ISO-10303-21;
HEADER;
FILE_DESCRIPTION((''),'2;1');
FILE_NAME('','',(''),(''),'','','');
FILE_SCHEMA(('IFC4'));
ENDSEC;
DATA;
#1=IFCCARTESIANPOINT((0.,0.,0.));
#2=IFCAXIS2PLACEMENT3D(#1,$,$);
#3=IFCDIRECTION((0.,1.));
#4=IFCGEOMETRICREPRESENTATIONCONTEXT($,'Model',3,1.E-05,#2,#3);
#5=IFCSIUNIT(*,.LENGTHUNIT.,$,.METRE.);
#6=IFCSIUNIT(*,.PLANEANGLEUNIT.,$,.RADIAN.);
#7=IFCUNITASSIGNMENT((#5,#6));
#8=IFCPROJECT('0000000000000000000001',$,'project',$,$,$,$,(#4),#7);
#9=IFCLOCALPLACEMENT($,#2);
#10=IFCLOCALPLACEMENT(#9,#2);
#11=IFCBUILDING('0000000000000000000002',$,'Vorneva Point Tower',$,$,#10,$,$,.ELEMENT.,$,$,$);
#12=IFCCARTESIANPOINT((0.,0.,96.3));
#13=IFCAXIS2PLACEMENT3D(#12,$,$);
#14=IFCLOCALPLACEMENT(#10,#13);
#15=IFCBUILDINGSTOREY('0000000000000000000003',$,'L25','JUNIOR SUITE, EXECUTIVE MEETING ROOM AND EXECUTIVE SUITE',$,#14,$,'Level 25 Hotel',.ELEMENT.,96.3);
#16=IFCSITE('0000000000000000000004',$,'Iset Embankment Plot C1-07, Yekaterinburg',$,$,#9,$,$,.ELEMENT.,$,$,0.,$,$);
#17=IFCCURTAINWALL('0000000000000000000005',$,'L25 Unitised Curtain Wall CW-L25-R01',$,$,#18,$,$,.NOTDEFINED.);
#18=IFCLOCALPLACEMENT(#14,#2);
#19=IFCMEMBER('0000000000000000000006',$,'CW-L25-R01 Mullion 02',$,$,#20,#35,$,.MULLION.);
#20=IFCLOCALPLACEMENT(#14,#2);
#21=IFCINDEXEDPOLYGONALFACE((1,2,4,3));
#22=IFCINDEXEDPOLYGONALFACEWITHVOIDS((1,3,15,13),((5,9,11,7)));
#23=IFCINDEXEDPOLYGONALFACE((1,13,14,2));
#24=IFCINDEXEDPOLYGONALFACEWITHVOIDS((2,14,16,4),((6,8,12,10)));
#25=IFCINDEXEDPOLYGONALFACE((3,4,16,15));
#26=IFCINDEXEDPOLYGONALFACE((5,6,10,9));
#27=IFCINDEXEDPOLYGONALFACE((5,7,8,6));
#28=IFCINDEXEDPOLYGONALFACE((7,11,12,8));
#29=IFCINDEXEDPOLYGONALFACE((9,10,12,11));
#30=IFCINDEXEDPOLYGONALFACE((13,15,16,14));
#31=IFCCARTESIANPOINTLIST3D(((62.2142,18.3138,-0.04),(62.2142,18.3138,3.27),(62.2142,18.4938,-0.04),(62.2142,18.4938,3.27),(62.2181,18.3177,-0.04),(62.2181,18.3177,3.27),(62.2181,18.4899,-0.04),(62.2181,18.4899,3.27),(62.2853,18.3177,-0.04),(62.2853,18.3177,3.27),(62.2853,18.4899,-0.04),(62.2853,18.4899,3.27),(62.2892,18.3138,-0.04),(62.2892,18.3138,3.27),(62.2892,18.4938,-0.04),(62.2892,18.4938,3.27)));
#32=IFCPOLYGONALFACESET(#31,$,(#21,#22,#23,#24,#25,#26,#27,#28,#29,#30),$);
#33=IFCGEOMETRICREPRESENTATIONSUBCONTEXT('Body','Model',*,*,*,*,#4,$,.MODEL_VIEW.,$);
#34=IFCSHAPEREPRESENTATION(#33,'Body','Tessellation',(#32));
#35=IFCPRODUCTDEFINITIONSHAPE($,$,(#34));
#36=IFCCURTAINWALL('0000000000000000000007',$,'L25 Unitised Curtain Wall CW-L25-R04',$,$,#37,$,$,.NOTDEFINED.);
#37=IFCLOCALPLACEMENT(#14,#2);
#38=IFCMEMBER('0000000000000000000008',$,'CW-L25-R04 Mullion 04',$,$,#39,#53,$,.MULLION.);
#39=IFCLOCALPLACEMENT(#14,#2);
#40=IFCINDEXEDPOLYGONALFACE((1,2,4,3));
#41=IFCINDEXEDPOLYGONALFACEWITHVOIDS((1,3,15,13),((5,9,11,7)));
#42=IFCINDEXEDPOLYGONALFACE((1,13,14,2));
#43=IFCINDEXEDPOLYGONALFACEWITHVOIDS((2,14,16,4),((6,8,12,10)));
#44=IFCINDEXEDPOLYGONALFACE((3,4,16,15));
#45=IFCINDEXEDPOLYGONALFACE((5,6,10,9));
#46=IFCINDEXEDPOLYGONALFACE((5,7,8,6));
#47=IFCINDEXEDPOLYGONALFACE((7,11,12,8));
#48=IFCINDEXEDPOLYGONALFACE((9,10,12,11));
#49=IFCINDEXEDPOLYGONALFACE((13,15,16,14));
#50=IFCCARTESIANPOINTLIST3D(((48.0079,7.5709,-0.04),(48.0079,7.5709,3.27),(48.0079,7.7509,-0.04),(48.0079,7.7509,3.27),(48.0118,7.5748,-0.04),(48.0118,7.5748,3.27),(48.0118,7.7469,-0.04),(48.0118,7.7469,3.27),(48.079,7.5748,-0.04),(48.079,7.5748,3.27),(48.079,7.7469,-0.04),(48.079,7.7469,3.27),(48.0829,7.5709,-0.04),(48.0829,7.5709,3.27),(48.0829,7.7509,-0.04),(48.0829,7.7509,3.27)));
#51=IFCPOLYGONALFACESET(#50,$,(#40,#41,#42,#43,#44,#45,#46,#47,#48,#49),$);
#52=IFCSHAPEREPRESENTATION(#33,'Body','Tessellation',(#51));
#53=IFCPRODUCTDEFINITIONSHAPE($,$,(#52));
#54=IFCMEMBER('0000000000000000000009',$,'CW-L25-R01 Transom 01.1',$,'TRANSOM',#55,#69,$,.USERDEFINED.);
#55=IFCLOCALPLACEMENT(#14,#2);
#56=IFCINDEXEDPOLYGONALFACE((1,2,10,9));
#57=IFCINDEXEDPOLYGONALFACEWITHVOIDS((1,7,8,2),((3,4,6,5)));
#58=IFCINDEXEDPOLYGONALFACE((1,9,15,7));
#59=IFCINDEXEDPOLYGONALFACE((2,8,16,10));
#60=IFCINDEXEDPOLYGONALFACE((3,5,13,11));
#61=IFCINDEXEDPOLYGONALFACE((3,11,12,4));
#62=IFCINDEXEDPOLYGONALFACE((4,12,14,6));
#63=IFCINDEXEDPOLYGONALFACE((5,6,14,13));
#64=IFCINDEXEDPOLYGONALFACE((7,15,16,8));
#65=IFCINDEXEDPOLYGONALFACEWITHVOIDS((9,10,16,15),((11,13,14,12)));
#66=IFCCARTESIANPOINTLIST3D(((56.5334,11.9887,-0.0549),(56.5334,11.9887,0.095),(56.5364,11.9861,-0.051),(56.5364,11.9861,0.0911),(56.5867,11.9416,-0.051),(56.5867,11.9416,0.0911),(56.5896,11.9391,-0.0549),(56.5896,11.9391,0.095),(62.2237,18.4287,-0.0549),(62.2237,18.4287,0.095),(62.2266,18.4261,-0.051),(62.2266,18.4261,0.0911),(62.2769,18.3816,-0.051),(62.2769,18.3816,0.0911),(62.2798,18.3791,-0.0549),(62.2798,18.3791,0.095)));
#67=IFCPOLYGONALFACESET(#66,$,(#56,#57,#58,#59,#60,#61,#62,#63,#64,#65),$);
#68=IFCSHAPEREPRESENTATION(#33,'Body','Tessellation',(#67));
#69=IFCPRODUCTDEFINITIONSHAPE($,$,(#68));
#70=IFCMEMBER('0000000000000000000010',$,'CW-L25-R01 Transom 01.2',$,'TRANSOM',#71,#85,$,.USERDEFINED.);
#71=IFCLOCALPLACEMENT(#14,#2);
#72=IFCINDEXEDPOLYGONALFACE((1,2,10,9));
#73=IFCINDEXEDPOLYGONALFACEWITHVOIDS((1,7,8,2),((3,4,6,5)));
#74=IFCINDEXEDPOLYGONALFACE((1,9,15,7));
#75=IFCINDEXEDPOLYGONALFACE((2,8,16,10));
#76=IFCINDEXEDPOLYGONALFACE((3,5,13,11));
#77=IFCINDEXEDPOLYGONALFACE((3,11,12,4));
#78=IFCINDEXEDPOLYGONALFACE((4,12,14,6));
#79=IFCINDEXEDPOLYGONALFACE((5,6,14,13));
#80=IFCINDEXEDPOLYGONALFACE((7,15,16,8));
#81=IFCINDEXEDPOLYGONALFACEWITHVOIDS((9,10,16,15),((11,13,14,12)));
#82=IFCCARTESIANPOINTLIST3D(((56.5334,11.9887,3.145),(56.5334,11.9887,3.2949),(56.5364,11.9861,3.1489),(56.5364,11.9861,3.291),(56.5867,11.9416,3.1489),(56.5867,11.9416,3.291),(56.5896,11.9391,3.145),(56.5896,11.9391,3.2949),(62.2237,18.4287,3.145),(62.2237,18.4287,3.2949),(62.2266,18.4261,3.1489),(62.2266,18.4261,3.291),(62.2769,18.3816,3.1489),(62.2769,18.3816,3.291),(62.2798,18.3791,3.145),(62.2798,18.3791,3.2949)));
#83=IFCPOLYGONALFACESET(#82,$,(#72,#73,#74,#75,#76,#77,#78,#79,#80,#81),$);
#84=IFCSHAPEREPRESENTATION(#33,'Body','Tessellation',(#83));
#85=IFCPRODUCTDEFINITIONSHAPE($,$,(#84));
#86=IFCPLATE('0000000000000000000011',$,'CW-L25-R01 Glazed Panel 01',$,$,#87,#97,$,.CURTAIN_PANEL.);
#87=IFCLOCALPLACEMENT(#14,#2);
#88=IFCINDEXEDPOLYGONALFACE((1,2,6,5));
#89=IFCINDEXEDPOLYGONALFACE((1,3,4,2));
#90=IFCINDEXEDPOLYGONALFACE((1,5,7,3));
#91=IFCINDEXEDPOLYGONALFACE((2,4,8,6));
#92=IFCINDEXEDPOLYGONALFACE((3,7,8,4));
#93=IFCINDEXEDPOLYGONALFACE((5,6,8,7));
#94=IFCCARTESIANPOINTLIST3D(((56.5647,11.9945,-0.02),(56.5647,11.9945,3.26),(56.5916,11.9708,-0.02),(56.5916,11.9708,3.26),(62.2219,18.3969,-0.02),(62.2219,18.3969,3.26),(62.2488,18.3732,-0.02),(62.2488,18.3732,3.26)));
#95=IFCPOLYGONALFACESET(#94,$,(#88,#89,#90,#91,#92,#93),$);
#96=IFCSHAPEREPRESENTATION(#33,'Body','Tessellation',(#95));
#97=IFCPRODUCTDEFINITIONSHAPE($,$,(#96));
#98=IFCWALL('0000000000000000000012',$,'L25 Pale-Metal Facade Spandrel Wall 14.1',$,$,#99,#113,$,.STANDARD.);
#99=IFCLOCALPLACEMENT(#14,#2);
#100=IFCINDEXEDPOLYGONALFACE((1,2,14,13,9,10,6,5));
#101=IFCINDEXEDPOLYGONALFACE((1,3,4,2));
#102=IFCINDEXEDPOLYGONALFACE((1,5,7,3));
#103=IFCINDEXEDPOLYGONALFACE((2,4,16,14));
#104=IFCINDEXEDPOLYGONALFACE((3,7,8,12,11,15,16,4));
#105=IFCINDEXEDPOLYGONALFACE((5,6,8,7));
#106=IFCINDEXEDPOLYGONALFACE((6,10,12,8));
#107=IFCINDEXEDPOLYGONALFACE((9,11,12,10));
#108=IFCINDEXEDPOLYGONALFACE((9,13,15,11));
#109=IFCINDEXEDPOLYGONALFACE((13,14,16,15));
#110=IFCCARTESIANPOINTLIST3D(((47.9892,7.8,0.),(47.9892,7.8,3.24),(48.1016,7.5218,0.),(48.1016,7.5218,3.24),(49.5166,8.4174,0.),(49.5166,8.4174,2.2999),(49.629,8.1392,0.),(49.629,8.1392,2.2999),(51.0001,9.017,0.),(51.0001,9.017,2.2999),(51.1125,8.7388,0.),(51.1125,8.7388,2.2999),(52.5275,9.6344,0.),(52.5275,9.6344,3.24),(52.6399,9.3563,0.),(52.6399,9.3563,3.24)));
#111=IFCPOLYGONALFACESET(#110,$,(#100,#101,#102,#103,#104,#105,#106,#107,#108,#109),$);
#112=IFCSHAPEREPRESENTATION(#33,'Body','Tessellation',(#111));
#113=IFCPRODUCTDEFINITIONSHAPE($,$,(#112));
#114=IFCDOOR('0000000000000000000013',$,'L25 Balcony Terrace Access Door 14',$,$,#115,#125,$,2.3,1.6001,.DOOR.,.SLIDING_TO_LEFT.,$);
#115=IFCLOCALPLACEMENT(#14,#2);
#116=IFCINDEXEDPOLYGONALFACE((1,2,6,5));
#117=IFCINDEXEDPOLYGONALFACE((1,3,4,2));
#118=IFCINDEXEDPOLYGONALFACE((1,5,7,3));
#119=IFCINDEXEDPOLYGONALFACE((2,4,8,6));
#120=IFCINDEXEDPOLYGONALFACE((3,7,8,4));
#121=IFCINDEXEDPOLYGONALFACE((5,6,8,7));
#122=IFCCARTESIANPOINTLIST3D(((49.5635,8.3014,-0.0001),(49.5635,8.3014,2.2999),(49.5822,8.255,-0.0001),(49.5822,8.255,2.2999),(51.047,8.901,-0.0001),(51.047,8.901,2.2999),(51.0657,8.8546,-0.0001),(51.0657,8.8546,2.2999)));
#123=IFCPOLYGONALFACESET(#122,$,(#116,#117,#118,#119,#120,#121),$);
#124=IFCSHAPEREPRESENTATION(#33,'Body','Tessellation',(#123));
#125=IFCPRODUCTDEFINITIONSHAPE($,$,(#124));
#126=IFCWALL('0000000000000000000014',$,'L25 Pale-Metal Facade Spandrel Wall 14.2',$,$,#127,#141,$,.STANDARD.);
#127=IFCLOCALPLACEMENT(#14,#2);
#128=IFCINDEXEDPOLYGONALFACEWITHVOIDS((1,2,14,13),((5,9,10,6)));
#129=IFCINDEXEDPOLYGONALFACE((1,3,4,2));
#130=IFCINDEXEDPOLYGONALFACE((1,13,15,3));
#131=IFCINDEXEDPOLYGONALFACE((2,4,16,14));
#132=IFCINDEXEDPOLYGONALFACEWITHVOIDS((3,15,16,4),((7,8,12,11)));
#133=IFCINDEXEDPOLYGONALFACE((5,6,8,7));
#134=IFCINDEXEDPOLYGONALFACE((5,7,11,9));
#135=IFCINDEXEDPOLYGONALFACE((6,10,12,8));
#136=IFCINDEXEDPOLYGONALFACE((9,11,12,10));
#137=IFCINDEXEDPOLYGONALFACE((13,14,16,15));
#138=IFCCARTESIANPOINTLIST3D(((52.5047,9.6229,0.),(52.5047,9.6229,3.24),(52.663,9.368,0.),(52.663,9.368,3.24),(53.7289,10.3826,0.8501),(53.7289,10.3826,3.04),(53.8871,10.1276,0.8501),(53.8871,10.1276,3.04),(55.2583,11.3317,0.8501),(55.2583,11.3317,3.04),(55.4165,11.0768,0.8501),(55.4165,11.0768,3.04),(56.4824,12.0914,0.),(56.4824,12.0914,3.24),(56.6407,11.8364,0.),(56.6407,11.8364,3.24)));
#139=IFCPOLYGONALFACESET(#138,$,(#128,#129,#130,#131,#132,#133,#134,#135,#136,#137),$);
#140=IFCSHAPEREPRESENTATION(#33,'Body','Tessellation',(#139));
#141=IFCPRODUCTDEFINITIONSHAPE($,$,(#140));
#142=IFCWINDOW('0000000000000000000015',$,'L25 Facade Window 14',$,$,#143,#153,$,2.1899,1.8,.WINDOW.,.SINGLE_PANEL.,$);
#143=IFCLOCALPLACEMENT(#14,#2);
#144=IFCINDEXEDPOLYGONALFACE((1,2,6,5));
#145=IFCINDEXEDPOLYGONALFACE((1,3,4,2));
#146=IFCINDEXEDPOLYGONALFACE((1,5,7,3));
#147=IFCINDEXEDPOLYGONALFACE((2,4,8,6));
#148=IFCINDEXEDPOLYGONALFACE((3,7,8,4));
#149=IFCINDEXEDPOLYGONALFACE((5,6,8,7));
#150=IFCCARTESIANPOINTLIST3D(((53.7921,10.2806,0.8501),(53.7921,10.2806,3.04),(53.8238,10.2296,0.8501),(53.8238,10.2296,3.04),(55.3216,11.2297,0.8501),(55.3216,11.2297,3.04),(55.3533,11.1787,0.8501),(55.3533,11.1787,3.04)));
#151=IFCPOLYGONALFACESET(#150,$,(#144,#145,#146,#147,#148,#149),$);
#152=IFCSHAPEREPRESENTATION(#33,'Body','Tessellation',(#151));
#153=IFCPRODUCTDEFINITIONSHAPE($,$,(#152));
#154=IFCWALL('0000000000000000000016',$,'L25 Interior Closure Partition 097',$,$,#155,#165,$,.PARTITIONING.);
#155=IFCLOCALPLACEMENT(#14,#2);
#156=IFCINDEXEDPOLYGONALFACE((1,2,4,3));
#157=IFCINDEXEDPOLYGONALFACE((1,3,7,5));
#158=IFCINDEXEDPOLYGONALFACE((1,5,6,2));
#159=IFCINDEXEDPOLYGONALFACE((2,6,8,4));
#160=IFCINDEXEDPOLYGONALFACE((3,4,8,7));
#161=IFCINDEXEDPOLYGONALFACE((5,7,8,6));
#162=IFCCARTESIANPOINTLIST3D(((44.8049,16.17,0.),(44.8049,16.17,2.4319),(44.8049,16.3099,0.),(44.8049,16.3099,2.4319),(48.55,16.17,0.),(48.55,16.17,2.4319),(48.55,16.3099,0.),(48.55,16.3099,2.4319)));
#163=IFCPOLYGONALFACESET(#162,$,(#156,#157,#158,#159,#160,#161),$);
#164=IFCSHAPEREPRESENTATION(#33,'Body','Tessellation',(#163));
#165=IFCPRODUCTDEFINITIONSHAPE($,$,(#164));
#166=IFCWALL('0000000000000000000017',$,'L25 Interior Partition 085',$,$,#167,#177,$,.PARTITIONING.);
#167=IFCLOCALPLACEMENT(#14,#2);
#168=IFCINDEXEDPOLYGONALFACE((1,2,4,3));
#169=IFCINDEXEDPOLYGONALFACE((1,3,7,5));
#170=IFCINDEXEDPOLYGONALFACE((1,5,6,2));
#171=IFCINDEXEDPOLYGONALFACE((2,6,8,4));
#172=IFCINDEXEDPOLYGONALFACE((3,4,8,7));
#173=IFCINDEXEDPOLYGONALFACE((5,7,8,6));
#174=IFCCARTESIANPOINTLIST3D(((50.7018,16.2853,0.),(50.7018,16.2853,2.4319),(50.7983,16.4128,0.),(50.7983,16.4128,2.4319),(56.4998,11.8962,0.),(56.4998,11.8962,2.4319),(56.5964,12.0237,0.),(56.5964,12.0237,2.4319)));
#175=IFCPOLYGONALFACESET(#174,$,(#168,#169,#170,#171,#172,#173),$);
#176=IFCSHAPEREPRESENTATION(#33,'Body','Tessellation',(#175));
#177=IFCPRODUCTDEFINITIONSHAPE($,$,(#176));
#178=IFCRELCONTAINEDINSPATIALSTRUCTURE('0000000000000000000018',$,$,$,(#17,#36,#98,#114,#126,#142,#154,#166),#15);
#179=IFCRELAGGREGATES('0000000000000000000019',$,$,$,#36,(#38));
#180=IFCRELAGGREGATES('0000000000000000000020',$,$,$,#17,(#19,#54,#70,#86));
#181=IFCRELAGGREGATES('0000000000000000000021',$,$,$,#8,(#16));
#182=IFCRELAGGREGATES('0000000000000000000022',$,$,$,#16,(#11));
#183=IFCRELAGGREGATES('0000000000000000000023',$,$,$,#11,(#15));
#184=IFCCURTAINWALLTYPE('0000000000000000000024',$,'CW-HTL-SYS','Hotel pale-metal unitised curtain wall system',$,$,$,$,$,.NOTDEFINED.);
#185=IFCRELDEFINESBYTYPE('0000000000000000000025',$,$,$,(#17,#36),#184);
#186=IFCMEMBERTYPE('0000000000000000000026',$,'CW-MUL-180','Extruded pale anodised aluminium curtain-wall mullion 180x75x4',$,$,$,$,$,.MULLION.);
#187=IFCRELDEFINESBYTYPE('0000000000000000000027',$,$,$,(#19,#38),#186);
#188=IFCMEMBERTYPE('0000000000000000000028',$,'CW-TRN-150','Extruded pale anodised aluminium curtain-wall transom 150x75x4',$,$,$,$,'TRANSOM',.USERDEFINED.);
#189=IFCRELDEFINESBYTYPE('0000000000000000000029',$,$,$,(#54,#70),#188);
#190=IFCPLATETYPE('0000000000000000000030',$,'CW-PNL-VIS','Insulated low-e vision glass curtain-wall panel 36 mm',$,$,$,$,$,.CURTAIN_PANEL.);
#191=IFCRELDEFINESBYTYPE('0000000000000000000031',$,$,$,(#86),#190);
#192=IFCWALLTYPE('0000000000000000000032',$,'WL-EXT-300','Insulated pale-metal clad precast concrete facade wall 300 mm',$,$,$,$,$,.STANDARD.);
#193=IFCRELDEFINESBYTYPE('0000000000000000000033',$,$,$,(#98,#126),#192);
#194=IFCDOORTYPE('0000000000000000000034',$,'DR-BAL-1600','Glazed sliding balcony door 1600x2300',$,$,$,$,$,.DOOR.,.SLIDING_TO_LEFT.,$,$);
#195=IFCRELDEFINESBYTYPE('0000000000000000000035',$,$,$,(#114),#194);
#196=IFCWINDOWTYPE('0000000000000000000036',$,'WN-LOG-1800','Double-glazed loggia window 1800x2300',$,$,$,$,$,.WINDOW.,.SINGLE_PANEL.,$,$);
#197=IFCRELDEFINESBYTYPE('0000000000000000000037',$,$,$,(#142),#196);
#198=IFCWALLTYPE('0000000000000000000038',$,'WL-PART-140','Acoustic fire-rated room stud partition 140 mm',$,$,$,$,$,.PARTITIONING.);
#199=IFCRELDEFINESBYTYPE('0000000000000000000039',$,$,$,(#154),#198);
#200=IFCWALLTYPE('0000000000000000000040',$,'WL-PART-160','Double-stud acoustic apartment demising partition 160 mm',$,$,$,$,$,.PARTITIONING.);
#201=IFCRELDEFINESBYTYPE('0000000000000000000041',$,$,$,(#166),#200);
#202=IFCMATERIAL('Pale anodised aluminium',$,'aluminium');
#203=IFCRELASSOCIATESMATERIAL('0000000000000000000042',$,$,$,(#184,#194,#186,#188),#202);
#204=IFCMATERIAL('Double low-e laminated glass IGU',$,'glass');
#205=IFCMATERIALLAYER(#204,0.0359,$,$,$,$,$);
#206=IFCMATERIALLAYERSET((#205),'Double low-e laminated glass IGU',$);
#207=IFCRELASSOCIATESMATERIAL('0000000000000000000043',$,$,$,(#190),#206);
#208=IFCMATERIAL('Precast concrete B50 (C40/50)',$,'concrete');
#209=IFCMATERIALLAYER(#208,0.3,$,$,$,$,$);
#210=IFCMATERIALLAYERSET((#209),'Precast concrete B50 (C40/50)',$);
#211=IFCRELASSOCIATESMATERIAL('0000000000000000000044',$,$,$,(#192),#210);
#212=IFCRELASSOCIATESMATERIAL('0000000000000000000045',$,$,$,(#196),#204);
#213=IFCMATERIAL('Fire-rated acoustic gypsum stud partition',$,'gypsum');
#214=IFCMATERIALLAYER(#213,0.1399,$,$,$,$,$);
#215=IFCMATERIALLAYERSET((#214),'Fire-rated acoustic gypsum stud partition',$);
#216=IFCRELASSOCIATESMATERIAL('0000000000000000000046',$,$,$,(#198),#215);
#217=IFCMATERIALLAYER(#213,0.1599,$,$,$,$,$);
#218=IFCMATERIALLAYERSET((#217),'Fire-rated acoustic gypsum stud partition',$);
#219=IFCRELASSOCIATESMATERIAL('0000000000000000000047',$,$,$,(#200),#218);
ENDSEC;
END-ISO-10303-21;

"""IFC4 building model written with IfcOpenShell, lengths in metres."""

from ifc_helpers import new_model, si_unit, direction, frame, frame_2d, origin, origin_2d, place, context, subcontext, project, spatial, rectangle, hollow_rectangle, extrude, material, layer, layer_set, material_profile, profile_set, type_object, element, fill, aggregate, save


model = new_model("IFC4")

# Units and contexts
model_context = context("Model", 3, precision=1e-05, world=origin(), true_north=direction((0.0, 1.0)))
body_context = subcontext(model_context, "Body", "Model", "MODEL_VIEW")
ifc_project = project(units=[si_unit("LENGTHUNIT", "METRE"), si_unit("PLANEANGLEUNIT", "RADIAN")], contexts=[model_context])

# Site, building, storey
site_placement = place(None, origin())
site = spatial("IfcSite", under=ifc_project, at=site_placement, Name="Iset Embankment Plot C1-07, Yekaterinburg", CompositionType="ELEMENT", RefElevation=0.0)
building_placement = place(site_placement, origin())
building = spatial("IfcBuilding", under=site, at=building_placement, Name="Vorneva Point Tower", CompositionType="ELEMENT")
storey_placement = place(building_placement, frame((0.0, 0.0, 96.3)))
storey = spatial("IfcBuildingStorey", under=building, at=storey_placement, Name="L25", Description="JUNIOR SUITE, EXECUTIVE MEETING ROOM AND EXECUTIVE SUITE", LongName="Level 25 Hotel", CompositionType="ELEMENT", Elevation=96.3)

# Curtain wall, member
ifc_material_1 = material(Name="Pale anodised aluminium", Category="aluminium")
curtain_wall_type = type_object("IfcCurtainWallType", Name="CW-HTL-SYS", Description="Hotel pale-metal unitised curtain wall system", PredefinedType="NOTDEFINED", material=ifc_material_1)
curtain_wall_1_placement = place(storey_placement, origin())
curtain_wall_1 = element("IfcCurtainWall", 1, at=curtain_wall_1_placement, inside=storey, type_object=curtain_wall_type, Name="L25 Unitised Curtain Wall CW-L25-R01", PredefinedType="NOTDEFINED")
ifc_material_profile_1 = material_profile(ifc_material_1, hollow_rectangle(XDim=0.075, YDim=0.1799, WallThickness=0.0039, at=origin_2d()), Name="AL-MUL 180x75x4")
ifc_profile_set_1 = profile_set([ifc_material_profile_1], Name="Pale anodised aluminium")
member_type_1 = type_object("IfcMemberType", Name="CW-MUL-180", Description="Extruded pale anodised aluminium curtain-wall mullion 180x75x4", PredefinedType="MULLION", material=ifc_profile_set_1)
member_1_placement = place(storey_placement, frame((62.2517, 18.4038, -0.04), z_axis=(0.0, 0.0, 1.0), x_axis=(1.0, 0.0, 0.0)))
member_1 = element("IfcMember", 2, at=member_1_placement, type_object=member_type_1, Name="CW-L25-R01 Mullion 02", PredefinedType="MULLION", context=body_context, shape_type="SweptSolid", body=[
    extrude(hollow_rectangle(XDim=0.075, YDim=0.1799, WallThickness=0.0039, at=origin_2d()), origin(), (0.0, 0.0, 1.0), 3.3101),
])

# Curtain wall, member
curtain_wall_2_placement = place(storey_placement, origin())
curtain_wall_2 = element("IfcCurtainWall", 3, at=curtain_wall_2_placement, inside=storey, type_object=curtain_wall_type, Name="L25 Unitised Curtain Wall CW-L25-R04", PredefinedType="NOTDEFINED")
member_2_placement = place(storey_placement, frame((48.0454, 7.6609, -0.04), z_axis=(0.0, 0.0, 1.0), x_axis=(1.0, 0.0, 0.0)))
member_2 = element("IfcMember", 4, at=member_2_placement, type_object=member_type_1, Name="CW-L25-R04 Mullion 04", PredefinedType="MULLION", context=body_context, shape_type="SweptSolid", body=[
    extrude(hollow_rectangle(XDim=0.075, YDim=0.1799, WallThickness=0.0039, at=origin_2d()), origin(), (0.0, 0.0, 1.0), 3.3101),
])
aggregate(curtain_wall_2, [member_2])

# Members
ifc_material_profile_2 = material_profile(ifc_material_1, hollow_rectangle(XDim=0.075, YDim=0.1499, WallThickness=0.0039, at=origin_2d()), Name="AL-TRN 150x75x4")
ifc_profile_set_2 = profile_set([ifc_material_profile_2], Name="Pale anodised aluminium")
member_type_2 = type_object("IfcMemberType", Name="CW-TRN-150", Description="Extruded pale anodised aluminium curtain-wall transom 150x75x4", ElementType="TRANSOM", PredefinedType="USERDEFINED", material=ifc_profile_set_2)
member_3_placement = place(storey_placement, frame((56.5615, 11.9639, 0.02), z_axis=(0.662137, 0.749383, 0.0), x_axis=(-0.749383, 0.662137, 0.0)))
member_3 = element("IfcMember", 5, at=member_3_placement, type_object=member_type_2, Name="CW-L25-R01 Transom 01.1", ObjectType="TRANSOM", PredefinedType="USERDEFINED", context=body_context, shape_type="SweptSolid", body=[
    extrude(hollow_rectangle(XDim=0.075, YDim=0.1499, WallThickness=0.0039, at=origin_2d()), origin(), (0.0, 0.0, 1.0), 8.5938),
])
member_4_placement = place(storey_placement, frame((56.5615, 11.9639, 3.22), z_axis=(0.662137, 0.749383, 0.0), x_axis=(-0.749383, 0.662137, 0.0)))
member_4 = element("IfcMember", 6, at=member_4_placement, type_object=member_type_2, Name="CW-L25-R01 Transom 01.2", ObjectType="TRANSOM", PredefinedType="USERDEFINED", context=body_context, shape_type="SweptSolid", body=[
    extrude(hollow_rectangle(XDim=0.075, YDim=0.1499, WallThickness=0.0039, at=origin_2d()), origin(), (0.0, 0.0, 1.0), 8.5938),
])

# Plate
ifc_material_2 = material(Name="Double low-e laminated glass IGU", Category="glass")
ifc_layer_1 = layer(ifc_material_2, 0.0359)
ifc_layer_set_1 = layer_set([ifc_layer_1], Name="Double low-e laminated glass IGU")
plate_type = type_object("IfcPlateType", Name="CW-PNL-VIS", Description="Insulated low-e vision glass curtain-wall panel 36 mm", PredefinedType="CURTAIN_PANEL", material=ifc_layer_set_1)
plate_placement = place(storey_placement, frame((59.4067, 15.1838, -0.02), z_axis=(0.0, 0.0, 1.0), x_axis=(0.662149, 0.749372, 0.0)))
plate = element("IfcPlate", 7, at=plate_placement, type_object=plate_type, Name="CW-L25-R01 Glazed Panel 01", PredefinedType="CURTAIN_PANEL", context=body_context, shape_type="SweptSolid", body=[
    extrude(rectangle(XDim=8.5437, YDim=0.0359, at=origin_2d()), origin(), (0.0, 0.0, 1.0), 3.28),
])
aggregate(curtain_wall_1, [member_1, member_3, member_4, plate])

# Wall, opening, door
ifc_material_3 = material(Name="Precast concrete B50 (C40/50)", Category="concrete")
ifc_layer_2 = layer(ifc_material_3, 0.3)
ifc_layer_set_2 = layer_set([ifc_layer_2], Name="Precast concrete B50 (C40/50)")
wall_type_1 = type_object("IfcWallType", Name="WL-EXT-300", Description="Insulated pale-metal clad precast concrete facade wall 300 mm", PredefinedType="STANDARD", material=ifc_layer_set_2)
wall_1_placement = place(storey_placement, frame((48.0454, 7.6609, 0.0), z_axis=(0.0, 0.0, 1.0), x_axis=(0.927122, 0.374759, 0.0)))
wall_1 = element("IfcWall", 8, at=wall_1_placement, inside=storey, type_object=wall_type_1, Name="L25 Pale-Metal Facade Spandrel Wall 14.1", PredefinedType="STANDARD", context=body_context, shape_type="SweptSolid", body=[
    extrude(rectangle(XDim=4.895, YDim=0.3, at=frame_2d((2.4475, 0.0))), origin(), (0.0, 0.0, 1.0), 3.24),
])
opening_1_placement = place(wall_1_placement, frame((1.6475, 0.0, 0.0)))
opening_1 = element("IfcOpeningElement", 9, at=opening_1_placement, cuts=wall_1, PredefinedType="OPENING", context=body_context, shape_type="SweptSolid", body=[
    extrude(rectangle(XDim=1.6001, YDim=2.3, at=frame_2d((0.8, 1.1499))), frame((0.0, 0.165, 0.0), z_axis=(0.0, -1.0, 0.0), x_axis=(1.0, 0.0, 0.0)), (0.0, 0.0, 1.0), 0.3298),
])
door_type_1 = type_object("IfcDoorType", Name="DR-BAL-1600", Description="Glazed sliding balcony door 1600x2300", OperationType="SLIDING_TO_LEFT", PredefinedType="DOOR", material=ifc_material_1)
door_1_placement = place(opening_1_placement, origin())
door_1 = element("IfcDoor", 10, at=door_1_placement, inside=storey, type_object=door_type_1, Name="L25 Balcony Terrace Access Door 14", OperationType="SLIDING_TO_LEFT", OverallHeight=2.3, OverallWidth=1.6001, PredefinedType="DOOR", context=body_context, shape_type="SweptSolid", body=[
    extrude(rectangle(XDim=1.6001, YDim=2.3, at=frame_2d((0.8, 1.1499))), frame((0.0, 0.0249, 0.0), z_axis=(0.0, -1.0, 0.0), x_axis=(1.0, 0.0, 0.0)), (0.0, 0.0, 1.0), 0.05),
])
fill(opening_1, door_1)

# Wall, opening, window
wall_2_placement = place(storey_placement, frame((52.5837, 9.4954, 0.0), z_axis=(0.0, 0.0, 1.0), x_axis=(0.849684, 0.527291, 0.0)))
wall_2 = element("IfcWall", 11, at=wall_2_placement, inside=storey, type_object=wall_type_1, Name="L25 Pale-Metal Facade Spandrel Wall 14.2", PredefinedType="STANDARD", context=body_context, shape_type="SweptSolid", body=[
    extrude(rectangle(XDim=4.6814, YDim=0.3, at=frame_2d((2.3408, 0.0))), origin(), (0.0, 0.0, 1.0), 3.24),
])
opening_2_placement = place(wall_2_placement, frame((1.4409, 0.0, 0.8501)))
opening_2 = element("IfcOpeningElement", 12, at=opening_2_placement, cuts=wall_2, PredefinedType="OPENING", context=body_context, shape_type="SweptSolid", body=[
    extrude(rectangle(XDim=1.8, YDim=2.1899, at=frame_2d((0.8999, 1.095))), frame((0.0, 0.165, 0.0), z_axis=(0.0, -1.0, 0.0), x_axis=(1.0, 0.0, 0.0)), (0.0, 0.0, 1.0), 0.3298),
])
window_type = type_object("IfcWindowType", Name="WN-LOG-1800", Description="Double-glazed loggia window 1800x2300", PartitioningType="SINGLE_PANEL", PredefinedType="WINDOW", material=ifc_material_2)
window_placement = place(opening_2_placement, origin())
window = element("IfcWindow", 13, at=window_placement, inside=storey, type_object=window_type, Name="L25 Facade Window 14", OverallHeight=2.1899, OverallWidth=1.8, PartitioningType="SINGLE_PANEL", PredefinedType="WINDOW", context=body_context, shape_type="SweptSolid", body=[
    extrude(rectangle(XDim=1.8, YDim=2.1899, at=frame_2d((0.8999, 1.095))), frame((0.0, 0.03, 0.0), z_axis=(0.0, -1.0, 0.0), x_axis=(1.0, 0.0, 0.0)), (0.0, 0.0, 1.0), 0.0601),
])
fill(opening_2, window)

# Walls
ifc_material_4 = material(Name="Fire-rated acoustic gypsum stud partition", Category="gypsum")
ifc_layer_3 = layer(ifc_material_4, 0.1399)
ifc_layer_set_3 = layer_set([ifc_layer_3], Name="Fire-rated acoustic gypsum stud partition")
wall_type_2 = type_object("IfcWallType", Name="WL-PART-140", Description="Acoustic fire-rated room stud partition 140 mm", PredefinedType="PARTITIONING", material=ifc_layer_set_3)
wall_3_placement = place(storey_placement, frame((48.55, 16.24, 0.0), z_axis=(0.0, 0.0, 1.0), x_axis=(-1.0, 0.0, 0.0)))
element("IfcWall", 14, at=wall_3_placement, inside=storey, type_object=wall_type_2, Name="L25 Interior Closure Partition 097", PredefinedType="PARTITIONING", context=body_context, shape_type="SweptSolid", body=[
    extrude(rectangle(XDim=3.7451, YDim=0.1399, at=frame_2d((1.8726, 0.0))), origin(), (0.0, 0.0, 1.0), 2.4319),
])
ifc_layer_4 = layer(ifc_material_4, 0.1599)
ifc_layer_set_4 = layer_set([ifc_layer_4], Name="Fire-rated acoustic gypsum stud partition")
wall_type_3 = type_object("IfcWallType", Name="WL-PART-160", Description="Double-stud acoustic apartment demising partition 160 mm", PredefinedType="PARTITIONING", material=ifc_layer_set_4)
wall_4_placement = place(storey_placement, frame((56.5481, 11.96, 0.0), z_axis=(0.0, 0.0, 1.0), x_axis=(-0.797313, 0.603566, 0.0)))
element("IfcWall", 15, at=wall_4_placement, inside=storey, type_object=wall_type_3, Name="L25 Interior Partition 085", PredefinedType="PARTITIONING", context=body_context, shape_type="SweptSolid", body=[
    extrude(rectangle(XDim=7.272, YDim=0.1599, at=frame_2d((3.636, 0.0))), origin(), (0.0, 0.0, 1.0), 2.4319),
])

save(model, "model.ifc")
